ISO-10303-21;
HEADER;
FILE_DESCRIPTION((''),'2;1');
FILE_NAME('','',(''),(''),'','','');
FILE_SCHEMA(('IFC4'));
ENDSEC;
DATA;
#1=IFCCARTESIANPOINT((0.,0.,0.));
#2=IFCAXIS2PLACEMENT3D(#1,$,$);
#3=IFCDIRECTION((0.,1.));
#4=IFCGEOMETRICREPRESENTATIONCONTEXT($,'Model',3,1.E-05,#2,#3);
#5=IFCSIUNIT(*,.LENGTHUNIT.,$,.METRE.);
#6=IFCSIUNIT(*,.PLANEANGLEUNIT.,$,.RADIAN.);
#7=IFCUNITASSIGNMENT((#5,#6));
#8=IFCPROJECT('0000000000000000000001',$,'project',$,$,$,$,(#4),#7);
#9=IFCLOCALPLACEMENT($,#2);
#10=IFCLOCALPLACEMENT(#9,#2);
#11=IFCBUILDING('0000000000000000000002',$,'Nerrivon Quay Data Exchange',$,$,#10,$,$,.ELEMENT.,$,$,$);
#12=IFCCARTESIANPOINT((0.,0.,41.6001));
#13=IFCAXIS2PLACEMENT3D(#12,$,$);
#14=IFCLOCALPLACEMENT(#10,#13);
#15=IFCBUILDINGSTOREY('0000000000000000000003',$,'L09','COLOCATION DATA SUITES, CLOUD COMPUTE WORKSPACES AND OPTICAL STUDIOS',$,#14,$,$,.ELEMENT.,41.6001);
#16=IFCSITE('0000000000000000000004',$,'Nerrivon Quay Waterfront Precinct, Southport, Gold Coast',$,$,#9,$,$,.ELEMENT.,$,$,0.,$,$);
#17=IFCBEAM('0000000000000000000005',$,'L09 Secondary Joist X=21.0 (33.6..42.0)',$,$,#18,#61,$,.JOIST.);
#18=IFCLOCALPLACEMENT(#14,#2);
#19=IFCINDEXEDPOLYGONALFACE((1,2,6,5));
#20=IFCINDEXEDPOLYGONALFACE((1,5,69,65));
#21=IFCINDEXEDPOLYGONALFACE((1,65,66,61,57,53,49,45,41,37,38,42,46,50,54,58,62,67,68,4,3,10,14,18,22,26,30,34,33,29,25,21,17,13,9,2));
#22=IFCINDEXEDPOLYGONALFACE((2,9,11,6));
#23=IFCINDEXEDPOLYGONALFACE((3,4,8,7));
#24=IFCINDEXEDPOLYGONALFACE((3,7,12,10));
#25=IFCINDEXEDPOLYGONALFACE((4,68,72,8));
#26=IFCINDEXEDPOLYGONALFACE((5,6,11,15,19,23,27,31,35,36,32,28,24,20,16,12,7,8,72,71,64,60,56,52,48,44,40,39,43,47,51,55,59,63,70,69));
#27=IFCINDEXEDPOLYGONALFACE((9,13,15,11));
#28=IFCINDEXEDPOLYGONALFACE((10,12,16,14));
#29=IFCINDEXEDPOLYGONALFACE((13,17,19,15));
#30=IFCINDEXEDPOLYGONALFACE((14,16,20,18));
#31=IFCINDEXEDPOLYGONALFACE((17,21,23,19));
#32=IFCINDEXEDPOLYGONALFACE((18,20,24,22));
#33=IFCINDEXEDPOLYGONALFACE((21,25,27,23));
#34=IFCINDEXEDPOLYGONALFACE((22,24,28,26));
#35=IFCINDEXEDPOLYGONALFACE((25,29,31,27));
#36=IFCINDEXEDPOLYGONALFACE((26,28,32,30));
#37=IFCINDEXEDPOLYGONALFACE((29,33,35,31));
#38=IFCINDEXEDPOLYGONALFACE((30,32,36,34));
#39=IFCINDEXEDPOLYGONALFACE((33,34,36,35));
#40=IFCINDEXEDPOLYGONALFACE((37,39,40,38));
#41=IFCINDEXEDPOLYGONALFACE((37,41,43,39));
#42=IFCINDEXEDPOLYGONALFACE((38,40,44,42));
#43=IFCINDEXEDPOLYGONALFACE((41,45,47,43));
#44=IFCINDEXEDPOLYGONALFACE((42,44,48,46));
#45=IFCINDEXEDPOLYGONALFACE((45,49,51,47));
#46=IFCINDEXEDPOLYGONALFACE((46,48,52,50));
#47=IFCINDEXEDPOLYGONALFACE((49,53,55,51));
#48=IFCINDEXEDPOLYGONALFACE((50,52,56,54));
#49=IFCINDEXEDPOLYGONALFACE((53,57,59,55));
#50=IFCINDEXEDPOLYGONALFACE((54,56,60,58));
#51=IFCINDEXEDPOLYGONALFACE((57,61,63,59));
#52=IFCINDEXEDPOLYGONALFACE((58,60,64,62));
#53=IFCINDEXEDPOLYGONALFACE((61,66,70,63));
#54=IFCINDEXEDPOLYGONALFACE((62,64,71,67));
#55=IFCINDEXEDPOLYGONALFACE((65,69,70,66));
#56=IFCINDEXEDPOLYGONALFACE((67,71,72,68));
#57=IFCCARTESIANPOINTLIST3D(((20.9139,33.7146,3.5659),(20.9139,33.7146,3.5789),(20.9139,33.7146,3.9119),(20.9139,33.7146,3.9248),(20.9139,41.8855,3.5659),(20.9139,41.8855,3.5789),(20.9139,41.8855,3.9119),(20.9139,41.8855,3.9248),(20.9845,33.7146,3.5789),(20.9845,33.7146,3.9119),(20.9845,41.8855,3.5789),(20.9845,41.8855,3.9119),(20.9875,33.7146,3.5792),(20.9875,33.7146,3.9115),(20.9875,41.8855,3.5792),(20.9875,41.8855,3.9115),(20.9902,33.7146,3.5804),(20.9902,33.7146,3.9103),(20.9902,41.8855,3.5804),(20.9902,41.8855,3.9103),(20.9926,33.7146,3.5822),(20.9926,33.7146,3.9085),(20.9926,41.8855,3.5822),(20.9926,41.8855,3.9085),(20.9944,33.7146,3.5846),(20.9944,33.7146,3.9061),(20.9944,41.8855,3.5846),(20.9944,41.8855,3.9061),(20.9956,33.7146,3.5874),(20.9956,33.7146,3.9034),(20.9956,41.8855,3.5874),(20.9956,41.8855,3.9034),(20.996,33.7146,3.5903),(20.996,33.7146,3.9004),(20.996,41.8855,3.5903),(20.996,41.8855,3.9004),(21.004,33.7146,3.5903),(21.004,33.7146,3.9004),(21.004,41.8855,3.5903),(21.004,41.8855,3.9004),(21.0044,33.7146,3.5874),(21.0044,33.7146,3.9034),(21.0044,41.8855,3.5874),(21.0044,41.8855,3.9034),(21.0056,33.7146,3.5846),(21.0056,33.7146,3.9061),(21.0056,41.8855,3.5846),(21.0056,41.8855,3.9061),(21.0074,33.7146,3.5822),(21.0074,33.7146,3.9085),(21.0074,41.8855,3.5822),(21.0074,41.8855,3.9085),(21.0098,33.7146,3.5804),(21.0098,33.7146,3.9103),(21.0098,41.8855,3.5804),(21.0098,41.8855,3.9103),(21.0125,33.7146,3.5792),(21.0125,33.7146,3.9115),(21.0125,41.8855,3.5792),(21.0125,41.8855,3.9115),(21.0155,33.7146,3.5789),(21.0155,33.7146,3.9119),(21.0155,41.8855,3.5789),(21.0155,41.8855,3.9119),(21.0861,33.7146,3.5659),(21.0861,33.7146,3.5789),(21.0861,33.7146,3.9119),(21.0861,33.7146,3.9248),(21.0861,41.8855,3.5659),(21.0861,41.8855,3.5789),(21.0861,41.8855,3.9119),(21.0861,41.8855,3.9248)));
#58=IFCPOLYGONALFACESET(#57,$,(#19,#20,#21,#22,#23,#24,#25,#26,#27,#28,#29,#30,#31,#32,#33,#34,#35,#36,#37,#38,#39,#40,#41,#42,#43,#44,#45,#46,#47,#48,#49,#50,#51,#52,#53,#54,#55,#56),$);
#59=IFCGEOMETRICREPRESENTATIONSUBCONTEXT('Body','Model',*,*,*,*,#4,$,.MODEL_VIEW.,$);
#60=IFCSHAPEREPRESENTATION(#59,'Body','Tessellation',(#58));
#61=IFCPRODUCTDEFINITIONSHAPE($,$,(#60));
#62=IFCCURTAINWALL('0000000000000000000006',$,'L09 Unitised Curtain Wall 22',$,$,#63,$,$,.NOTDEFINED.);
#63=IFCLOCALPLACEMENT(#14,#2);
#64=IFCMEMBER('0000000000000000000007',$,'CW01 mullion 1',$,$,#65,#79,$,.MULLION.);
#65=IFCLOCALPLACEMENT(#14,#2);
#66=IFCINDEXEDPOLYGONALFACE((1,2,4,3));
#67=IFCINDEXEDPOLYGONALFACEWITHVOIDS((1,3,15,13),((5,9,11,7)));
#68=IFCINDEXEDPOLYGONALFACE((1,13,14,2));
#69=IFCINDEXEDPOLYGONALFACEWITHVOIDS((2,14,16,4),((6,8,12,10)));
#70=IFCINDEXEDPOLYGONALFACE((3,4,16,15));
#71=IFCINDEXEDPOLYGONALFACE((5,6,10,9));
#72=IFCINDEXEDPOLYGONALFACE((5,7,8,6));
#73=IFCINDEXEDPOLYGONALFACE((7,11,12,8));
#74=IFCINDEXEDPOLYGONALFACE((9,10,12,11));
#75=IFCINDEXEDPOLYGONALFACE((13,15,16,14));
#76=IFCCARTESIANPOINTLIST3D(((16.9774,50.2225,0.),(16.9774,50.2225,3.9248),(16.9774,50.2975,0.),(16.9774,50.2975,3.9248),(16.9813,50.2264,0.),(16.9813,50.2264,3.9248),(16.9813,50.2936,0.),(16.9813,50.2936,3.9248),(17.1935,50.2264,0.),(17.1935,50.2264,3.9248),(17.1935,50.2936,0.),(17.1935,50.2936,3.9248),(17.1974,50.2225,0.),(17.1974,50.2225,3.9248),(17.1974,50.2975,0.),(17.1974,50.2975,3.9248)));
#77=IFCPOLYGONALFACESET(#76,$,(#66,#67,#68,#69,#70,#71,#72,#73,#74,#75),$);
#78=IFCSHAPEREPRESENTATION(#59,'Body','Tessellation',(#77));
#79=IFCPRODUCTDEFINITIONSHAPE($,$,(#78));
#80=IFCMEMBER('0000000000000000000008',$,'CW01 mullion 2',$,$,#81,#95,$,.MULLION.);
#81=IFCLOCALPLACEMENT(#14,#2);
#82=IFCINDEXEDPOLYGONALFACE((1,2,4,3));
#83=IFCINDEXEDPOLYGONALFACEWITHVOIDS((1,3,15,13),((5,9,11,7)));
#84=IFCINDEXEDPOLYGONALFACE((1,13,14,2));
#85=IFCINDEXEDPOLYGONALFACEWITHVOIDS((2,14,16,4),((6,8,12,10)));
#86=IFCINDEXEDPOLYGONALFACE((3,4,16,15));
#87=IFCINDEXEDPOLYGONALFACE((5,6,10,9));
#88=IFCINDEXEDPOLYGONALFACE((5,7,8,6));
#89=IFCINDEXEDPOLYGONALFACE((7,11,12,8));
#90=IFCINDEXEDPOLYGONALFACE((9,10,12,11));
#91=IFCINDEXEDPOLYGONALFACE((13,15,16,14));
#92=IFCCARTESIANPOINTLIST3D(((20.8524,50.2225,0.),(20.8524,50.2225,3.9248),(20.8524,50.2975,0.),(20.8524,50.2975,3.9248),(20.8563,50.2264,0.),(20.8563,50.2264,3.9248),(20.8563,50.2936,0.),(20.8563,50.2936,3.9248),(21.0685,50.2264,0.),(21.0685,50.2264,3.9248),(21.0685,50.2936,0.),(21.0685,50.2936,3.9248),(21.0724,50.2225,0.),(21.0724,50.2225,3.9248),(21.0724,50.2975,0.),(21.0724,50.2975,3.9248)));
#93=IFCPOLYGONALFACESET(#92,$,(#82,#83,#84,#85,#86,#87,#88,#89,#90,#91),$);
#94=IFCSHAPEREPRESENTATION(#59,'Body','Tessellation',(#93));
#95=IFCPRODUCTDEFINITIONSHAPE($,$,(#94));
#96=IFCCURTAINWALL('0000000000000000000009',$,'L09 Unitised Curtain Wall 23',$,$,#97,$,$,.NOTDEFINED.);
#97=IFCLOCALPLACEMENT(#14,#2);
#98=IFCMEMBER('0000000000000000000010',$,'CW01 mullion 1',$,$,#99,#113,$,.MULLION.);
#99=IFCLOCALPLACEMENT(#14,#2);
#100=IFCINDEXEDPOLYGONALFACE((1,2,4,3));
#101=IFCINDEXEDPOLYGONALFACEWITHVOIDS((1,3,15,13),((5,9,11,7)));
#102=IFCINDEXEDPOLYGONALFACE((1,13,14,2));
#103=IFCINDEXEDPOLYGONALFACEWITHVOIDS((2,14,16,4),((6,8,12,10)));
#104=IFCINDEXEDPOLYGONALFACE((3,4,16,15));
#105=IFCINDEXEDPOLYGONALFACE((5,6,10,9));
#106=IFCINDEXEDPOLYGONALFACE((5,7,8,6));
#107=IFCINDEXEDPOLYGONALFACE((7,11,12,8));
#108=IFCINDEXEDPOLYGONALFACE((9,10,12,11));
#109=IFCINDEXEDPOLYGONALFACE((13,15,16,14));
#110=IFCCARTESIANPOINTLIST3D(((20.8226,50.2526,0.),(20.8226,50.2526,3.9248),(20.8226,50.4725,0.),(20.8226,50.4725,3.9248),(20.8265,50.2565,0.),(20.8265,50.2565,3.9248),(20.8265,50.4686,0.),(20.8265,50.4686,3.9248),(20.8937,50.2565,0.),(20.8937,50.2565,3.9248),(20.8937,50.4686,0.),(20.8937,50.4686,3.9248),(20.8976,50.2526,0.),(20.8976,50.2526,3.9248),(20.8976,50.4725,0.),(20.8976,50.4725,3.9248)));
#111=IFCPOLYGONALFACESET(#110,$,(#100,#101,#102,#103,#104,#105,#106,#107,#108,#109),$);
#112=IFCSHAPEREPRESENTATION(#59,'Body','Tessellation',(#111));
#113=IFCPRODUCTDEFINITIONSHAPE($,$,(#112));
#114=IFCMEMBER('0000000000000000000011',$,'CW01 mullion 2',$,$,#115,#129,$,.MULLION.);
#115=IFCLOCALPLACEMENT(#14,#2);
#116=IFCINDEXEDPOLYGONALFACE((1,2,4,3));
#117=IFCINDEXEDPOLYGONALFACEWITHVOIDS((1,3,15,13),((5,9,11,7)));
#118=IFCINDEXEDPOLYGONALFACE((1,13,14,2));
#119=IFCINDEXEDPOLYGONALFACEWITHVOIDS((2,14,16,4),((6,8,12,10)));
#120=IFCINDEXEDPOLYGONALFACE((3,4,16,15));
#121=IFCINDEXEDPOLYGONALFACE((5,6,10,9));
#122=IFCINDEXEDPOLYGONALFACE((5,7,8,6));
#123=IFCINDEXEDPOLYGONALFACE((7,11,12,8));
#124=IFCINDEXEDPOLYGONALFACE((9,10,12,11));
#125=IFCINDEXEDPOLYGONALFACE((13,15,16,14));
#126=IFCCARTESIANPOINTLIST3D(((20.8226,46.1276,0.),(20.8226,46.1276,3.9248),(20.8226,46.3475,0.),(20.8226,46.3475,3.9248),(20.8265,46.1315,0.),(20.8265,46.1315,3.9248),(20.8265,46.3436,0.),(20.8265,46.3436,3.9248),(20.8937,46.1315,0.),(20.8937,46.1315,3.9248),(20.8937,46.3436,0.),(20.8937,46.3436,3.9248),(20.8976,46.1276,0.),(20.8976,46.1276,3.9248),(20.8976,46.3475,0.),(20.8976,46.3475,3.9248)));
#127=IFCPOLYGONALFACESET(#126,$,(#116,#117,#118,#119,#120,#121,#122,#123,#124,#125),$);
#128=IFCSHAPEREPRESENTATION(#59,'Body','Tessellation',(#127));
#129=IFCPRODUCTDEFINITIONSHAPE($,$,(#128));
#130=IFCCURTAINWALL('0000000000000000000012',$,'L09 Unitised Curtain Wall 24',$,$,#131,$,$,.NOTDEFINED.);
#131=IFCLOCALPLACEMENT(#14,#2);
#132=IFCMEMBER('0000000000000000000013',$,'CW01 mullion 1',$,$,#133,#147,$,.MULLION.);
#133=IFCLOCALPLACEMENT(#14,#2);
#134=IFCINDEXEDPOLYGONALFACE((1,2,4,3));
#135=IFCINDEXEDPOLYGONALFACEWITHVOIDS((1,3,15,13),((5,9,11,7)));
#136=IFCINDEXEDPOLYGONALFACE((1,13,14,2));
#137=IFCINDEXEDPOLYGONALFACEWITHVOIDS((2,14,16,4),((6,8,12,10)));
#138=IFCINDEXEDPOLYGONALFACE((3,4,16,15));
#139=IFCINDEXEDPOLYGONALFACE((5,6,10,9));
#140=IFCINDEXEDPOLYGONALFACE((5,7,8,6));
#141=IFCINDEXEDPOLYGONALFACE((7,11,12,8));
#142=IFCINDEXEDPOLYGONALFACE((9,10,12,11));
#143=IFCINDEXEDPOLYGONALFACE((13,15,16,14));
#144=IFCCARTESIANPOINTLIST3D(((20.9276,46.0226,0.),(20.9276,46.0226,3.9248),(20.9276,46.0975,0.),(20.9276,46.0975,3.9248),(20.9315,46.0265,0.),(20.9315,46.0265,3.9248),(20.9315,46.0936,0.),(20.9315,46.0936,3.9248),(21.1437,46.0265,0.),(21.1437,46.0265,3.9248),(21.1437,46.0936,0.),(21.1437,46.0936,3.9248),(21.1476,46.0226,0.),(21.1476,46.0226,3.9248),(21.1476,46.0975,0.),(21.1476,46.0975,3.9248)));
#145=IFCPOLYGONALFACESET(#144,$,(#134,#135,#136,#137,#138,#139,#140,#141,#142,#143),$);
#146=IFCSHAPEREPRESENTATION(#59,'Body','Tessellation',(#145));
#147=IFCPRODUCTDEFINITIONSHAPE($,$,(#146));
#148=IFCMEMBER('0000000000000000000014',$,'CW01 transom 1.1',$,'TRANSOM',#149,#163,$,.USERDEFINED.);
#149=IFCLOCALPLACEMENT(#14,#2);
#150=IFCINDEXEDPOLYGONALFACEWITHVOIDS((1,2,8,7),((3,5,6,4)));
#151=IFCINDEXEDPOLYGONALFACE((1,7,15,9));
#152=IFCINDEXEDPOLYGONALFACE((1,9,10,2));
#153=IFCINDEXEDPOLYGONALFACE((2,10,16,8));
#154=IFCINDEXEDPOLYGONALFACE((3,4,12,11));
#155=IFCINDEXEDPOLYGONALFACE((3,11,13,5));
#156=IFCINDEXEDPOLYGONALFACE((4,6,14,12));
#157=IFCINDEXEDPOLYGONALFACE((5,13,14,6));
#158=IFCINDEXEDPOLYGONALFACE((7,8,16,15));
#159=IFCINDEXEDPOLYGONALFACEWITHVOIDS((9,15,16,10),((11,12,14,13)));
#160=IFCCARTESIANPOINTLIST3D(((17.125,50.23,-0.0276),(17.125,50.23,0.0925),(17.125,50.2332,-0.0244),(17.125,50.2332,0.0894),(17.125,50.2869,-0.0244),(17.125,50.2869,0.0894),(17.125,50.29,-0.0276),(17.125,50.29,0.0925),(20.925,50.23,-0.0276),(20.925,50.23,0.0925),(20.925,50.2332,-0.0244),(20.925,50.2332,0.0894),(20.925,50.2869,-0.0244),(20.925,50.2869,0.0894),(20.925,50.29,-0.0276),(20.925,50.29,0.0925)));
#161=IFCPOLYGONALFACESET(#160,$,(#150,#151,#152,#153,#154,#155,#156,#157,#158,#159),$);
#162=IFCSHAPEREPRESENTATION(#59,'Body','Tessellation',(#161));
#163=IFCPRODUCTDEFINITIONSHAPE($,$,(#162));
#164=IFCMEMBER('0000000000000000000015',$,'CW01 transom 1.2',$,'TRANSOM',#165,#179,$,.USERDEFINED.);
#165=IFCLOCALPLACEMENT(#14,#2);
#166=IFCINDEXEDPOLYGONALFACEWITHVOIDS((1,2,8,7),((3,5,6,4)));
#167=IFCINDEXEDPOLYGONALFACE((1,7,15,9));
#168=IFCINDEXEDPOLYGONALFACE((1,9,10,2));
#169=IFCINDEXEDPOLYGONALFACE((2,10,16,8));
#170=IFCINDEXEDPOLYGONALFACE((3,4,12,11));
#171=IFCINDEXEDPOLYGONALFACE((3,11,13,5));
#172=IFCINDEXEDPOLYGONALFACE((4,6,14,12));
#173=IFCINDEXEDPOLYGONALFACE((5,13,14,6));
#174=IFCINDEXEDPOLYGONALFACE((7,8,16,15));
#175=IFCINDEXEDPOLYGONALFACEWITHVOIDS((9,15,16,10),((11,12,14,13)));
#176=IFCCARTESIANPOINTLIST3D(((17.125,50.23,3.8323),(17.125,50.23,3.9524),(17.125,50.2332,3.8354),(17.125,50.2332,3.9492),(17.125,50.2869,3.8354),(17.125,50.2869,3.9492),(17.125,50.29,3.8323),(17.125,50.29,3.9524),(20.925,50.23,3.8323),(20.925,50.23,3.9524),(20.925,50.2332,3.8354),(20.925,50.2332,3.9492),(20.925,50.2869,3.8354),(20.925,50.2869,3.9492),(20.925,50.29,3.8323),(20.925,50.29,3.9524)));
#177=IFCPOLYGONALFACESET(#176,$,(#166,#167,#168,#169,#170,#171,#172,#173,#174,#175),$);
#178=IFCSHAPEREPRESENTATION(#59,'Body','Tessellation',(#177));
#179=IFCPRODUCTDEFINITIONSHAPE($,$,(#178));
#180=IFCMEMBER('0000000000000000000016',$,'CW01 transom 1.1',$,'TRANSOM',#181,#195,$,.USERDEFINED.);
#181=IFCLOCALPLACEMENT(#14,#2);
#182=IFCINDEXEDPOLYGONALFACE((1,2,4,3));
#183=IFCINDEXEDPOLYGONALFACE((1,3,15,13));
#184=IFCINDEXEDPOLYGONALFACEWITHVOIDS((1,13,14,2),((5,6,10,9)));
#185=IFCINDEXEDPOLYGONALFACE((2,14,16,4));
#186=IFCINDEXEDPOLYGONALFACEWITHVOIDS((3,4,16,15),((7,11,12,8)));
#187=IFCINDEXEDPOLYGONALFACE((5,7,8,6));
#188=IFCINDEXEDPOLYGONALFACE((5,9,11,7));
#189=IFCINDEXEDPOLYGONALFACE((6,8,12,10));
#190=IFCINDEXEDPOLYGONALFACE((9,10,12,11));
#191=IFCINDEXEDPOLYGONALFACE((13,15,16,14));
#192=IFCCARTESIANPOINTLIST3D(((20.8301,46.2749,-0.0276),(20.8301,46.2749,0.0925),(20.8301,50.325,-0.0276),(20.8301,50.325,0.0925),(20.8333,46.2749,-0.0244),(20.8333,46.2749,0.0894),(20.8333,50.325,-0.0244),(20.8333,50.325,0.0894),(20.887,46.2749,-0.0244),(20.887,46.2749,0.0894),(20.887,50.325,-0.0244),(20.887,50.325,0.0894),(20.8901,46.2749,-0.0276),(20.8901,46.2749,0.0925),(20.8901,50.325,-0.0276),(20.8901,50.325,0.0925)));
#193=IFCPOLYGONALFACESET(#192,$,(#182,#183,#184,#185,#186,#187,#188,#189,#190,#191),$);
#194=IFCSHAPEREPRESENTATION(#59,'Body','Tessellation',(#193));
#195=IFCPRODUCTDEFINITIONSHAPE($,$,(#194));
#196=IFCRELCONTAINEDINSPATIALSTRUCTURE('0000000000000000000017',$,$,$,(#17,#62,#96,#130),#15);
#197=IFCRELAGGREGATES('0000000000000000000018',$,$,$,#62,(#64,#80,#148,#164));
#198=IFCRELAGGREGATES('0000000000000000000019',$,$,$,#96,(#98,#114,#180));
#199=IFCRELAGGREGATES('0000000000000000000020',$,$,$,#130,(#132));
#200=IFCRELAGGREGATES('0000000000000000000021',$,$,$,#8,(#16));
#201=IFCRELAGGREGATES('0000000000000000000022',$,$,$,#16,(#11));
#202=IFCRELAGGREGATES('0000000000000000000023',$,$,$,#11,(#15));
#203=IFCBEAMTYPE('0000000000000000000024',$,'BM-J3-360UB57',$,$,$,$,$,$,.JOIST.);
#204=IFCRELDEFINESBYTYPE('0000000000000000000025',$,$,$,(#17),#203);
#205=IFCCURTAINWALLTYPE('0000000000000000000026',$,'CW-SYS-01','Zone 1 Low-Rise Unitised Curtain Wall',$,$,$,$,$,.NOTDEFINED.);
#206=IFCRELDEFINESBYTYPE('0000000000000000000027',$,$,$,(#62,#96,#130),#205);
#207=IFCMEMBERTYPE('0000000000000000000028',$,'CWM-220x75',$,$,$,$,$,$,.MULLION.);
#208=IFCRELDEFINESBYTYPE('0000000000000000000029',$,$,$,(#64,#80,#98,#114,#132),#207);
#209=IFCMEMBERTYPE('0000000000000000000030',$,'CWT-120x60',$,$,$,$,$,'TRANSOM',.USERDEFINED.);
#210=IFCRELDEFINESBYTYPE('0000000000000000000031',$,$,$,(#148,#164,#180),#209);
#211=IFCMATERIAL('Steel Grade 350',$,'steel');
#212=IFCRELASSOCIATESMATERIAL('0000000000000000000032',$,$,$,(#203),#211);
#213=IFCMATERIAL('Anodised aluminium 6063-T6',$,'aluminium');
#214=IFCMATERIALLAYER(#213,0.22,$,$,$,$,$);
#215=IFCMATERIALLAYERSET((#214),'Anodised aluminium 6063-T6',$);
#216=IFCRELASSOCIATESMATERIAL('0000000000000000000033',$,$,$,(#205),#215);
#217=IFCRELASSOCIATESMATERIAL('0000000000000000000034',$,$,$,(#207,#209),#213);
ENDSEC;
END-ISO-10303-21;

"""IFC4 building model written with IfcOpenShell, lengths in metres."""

from ifc_helpers import new_model, si_unit, direction, frame, origin, origin_2d, place, context, subcontext, project, spatial, hollow_rectangle, i_section, extrude, material, layer, layer_set, material_profile, profile_set, type_object, element, aggregate, save


model = new_model("IFC4")

# Units and contexts
model_context = context("Model", 3, precision=1e-05, world=origin(), true_north=direction((0.0, 1.0)))
body_context = subcontext(model_context, "Body", "Model", "MODEL_VIEW")
ifc_project = project(units=[si_unit("LENGTHUNIT", "METRE"), si_unit("PLANEANGLEUNIT", "RADIAN")], contexts=[model_context])

# Site, building, storey
site_placement = place(None, origin())
site = spatial("IfcSite", under=ifc_project, at=site_placement, Name="Nerrivon Quay Waterfront Precinct, Southport, Gold Coast", CompositionType="ELEMENT", RefElevation=0.0)
building_placement = place(site_placement, origin())
building = spatial("IfcBuilding", under=site, at=building_placement, Name="Nerrivon Quay Data Exchange", CompositionType="ELEMENT")
storey_placement = place(building_placement, frame((0.0, 0.0, 41.6001)))
storey = spatial("IfcBuildingStorey", under=building, at=storey_placement, Name="L09", Description="COLOCATION DATA SUITES, CLOUD COMPUTE WORKSPACES AND OPTICAL STUDIOS", CompositionType="ELEMENT", Elevation=41.6001)

# Beam
ifc_material_1 = material(Name="Steel Grade 350", Category="steel")
ifc_material_profile_1 = material_profile(ifc_material_1, i_section(OverallWidth=0.1721, OverallDepth=0.3589, WebThickness=0.0081, FlangeThickness=0.0129, FilletRadius=0.0115, at=origin_2d()), Name="360UB56.7")
ifc_profile_set_1 = profile_set([ifc_material_profile_1], Name="Steel Grade 350")
beam_type_1 = type_object("IfcBeamType", Name="BM-J3-360UB57", PredefinedType="JOIST", material=ifc_profile_set_1)
beam_1_placement = place(storey_placement, frame((21.0, 33.7146, 3.7454), z_axis=(0.0, 1.0, 0.0), x_axis=(-1.0, 0.0, 0.0)))
element("IfcBeam", 1, at=beam_1_placement, inside=storey, type_object=beam_type_1, Name="L09 Secondary Joist X=21.0 (33.6..42.0)", PredefinedType="JOIST", context=body_context, shape_type="SweptSolid", body=[
    extrude(i_section(OverallWidth=0.1721, OverallDepth=0.3589, WebThickness=0.0081, FlangeThickness=0.0129, FilletRadius=0.0115, at=origin_2d()), origin(), (0.0, 0.0, 1.0), 8.1709),
])

# Curtain walls, members
ifc_material_2 = material(Name="Anodised aluminium 6063-T6", Category="aluminium")
ifc_layer_1 = layer(ifc_material_2, 0.22)
ifc_layer_set_1 = layer_set([ifc_layer_1], Name="Anodised aluminium 6063-T6")
curtain_wall_type = type_object("IfcCurtainWallType", Name="CW-SYS-01", Description="Zone 1 Low-Rise Unitised Curtain Wall", PredefinedType="NOTDEFINED", material=ifc_layer_set_1)
curtain_wall_1_placement = place(storey_placement, origin())
curtain_wall_1 = element("IfcCurtainWall", 2, at=curtain_wall_1_placement, inside=storey, type_object=curtain_wall_type, Name="L09 Unitised Curtain Wall 22", PredefinedType="NOTDEFINED")
ifc_material_profile_2 = material_profile(ifc_material_2, hollow_rectangle(XDim=0.075, YDim=0.22, WallThickness=0.0039, at=origin_2d()), Name="ALU-MULL-220x75")
ifc_profile_set_2 = profile_set([ifc_material_profile_2], Name="Anodised aluminium 6063-T6")
member_type_1 = type_object("IfcMemberType", Name="CWM-220x75", PredefinedType="MULLION", material=ifc_profile_set_2)
member_1_placement = place(storey_placement, frame((17.0874, 50.26, 0.0), z_axis=(0.0, 0.0, 1.0), x_axis=(0.0, 1.0, 0.0)))
member_1 = element("IfcMember", 3, at=member_1_placement, type_object=member_type_1, Name="CW01 mullion 1", PredefinedType="MULLION", context=body_context, shape_type="SweptSolid", body=[
    extrude(hollow_rectangle(XDim=0.075, YDim=0.22, WallThickness=0.0039, at=origin_2d()), origin(), (0.0, 0.0, 1.0), 3.9248),
])
member_2_placement = place(storey_placement, frame((20.9624, 50.26, 0.0), z_axis=(0.0, 0.0, 1.0), x_axis=(0.0, 1.0, 0.0)))
member_2 = element("IfcMember", 4, at=member_2_placement, type_object=member_type_1, Name="CW01 mullion 2", PredefinedType="MULLION", context=body_context, shape_type="SweptSolid", body=[
    extrude(hollow_rectangle(XDim=0.075, YDim=0.22, WallThickness=0.0039, at=origin_2d()), origin(), (0.0, 0.0, 1.0), 3.9248),
])
curtain_wall_2_placement = place(storey_placement, origin())
curtain_wall_2 = element("IfcCurtainWall", 5, at=curtain_wall_2_placement, inside=storey, type_object=curtain_wall_type, Name="L09 Unitised Curtain Wall 23", PredefinedType="NOTDEFINED")
member_3_placement = place(storey_placement, frame((20.8601, 50.3625, 0.0), z_axis=(0.0, 0.0, 1.0), x_axis=(1.0, 0.0, 0.0)))
member_3 = element("IfcMember", 6, at=member_3_placement, type_object=member_type_1, Name="CW01 mullion 1", PredefinedType="MULLION", context=body_context, shape_type="SweptSolid", body=[
    extrude(hollow_rectangle(XDim=0.075, YDim=0.22, WallThickness=0.0039, at=origin_2d()), origin(), (0.0, 0.0, 1.0), 3.9248),
])
member_4_placement = place(storey_placement, frame((20.8601, 46.2375, 0.0), z_axis=(0.0, 0.0, 1.0), x_axis=(1.0, 0.0, 0.0)))
member_4 = element("IfcMember", 7, at=member_4_placement, type_object=member_type_1, Name="CW01 mullion 2", PredefinedType="MULLION", context=body_context, shape_type="SweptSolid", body=[
    extrude(hollow_rectangle(XDim=0.075, YDim=0.22, WallThickness=0.0039, at=origin_2d()), origin(), (0.0, 0.0, 1.0), 3.9248),
])

# Curtain wall, member
curtain_wall_3_placement = place(storey_placement, origin())
curtain_wall_3 = element("IfcCurtainWall", 8, at=curtain_wall_3_placement, inside=storey, type_object=curtain_wall_type, Name="L09 Unitised Curtain Wall 24", PredefinedType="NOTDEFINED")
member_5_placement = place(storey_placement, frame((21.0376, 46.0601, 0.0), z_axis=(0.0, 0.0, 1.0), x_axis=(0.0, 1.0, 0.0)))
member_5 = element("IfcMember", 9, at=member_5_placement, type_object=member_type_1, Name="CW01 mullion 1", PredefinedType="MULLION", context=body_context, shape_type="SweptSolid", body=[
    extrude(hollow_rectangle(XDim=0.075, YDim=0.22, WallThickness=0.0039, at=origin_2d()), origin(), (0.0, 0.0, 1.0), 3.9248),
])

# Members
ifc_material_profile_3 = material_profile(ifc_material_2, hollow_rectangle(XDim=0.0601, YDim=0.1201, WallThickness=0.0032, at=origin_2d()), Name="ALU-TRAN-120x60")
ifc_profile_set_3 = profile_set([ifc_material_profile_3], Name="Anodised aluminium 6063-T6")
member_type_2 = type_object("IfcMemberType", Name="CWT-120x60", ElementType="TRANSOM", PredefinedType="USERDEFINED", material=ifc_profile_set_3)
member_6_placement = place(storey_placement, frame((17.125, 50.26, 0.0325), z_axis=(1.0, 0.0, 0.0), x_axis=(0.0, 1.0, 0.0)))
member_6 = element("IfcMember", 10, at=member_6_placement, type_object=member_type_2, Name="CW01 transom 1.1", ObjectType="TRANSOM", PredefinedType="USERDEFINED", context=body_context, shape_type="SweptSolid", body=[
    extrude(hollow_rectangle(XDim=0.0601, YDim=0.1201, WallThickness=0.0032, at=origin_2d()), origin(), (0.0, 0.0, 1.0), 3.8),
])
member_7_placement = place(storey_placement, frame((17.125, 50.26, 3.8923), z_axis=(1.0, 0.0, 0.0), x_axis=(0.0, 1.0, 0.0)))
member_7 = element("IfcMember", 11, at=member_7_placement, type_object=member_type_2, Name="CW01 transom 1.2", ObjectType="TRANSOM", PredefinedType="USERDEFINED", context=body_context, shape_type="SweptSolid", body=[
    extrude(hollow_rectangle(XDim=0.0601, YDim=0.1201, WallThickness=0.0032, at=origin_2d()), origin(), (0.0, 0.0, 1.0), 3.8),
])
member_8_placement = place(storey_placement, frame((20.8601, 50.325, 0.0325), z_axis=(0.0, -1.0, 0.0), x_axis=(1.0, 0.0, 0.0)))
member_8 = element("IfcMember", 12, at=member_8_placement, type_object=member_type_2, Name="CW01 transom 1.1", ObjectType="TRANSOM", PredefinedType="USERDEFINED", context=body_context, shape_type="SweptSolid", body=[
    extrude(hollow_rectangle(XDim=0.0601, YDim=0.1201, WallThickness=0.0032, at=origin_2d()), origin(), (0.0, 0.0, 1.0), 4.05),
])

aggregate(curtain_wall_1, [member_1, member_2, member_6, member_7])
aggregate(curtain_wall_2, [member_3, member_4, member_8])
aggregate(curtain_wall_3, [member_5])

save(model, "model.ifc")
